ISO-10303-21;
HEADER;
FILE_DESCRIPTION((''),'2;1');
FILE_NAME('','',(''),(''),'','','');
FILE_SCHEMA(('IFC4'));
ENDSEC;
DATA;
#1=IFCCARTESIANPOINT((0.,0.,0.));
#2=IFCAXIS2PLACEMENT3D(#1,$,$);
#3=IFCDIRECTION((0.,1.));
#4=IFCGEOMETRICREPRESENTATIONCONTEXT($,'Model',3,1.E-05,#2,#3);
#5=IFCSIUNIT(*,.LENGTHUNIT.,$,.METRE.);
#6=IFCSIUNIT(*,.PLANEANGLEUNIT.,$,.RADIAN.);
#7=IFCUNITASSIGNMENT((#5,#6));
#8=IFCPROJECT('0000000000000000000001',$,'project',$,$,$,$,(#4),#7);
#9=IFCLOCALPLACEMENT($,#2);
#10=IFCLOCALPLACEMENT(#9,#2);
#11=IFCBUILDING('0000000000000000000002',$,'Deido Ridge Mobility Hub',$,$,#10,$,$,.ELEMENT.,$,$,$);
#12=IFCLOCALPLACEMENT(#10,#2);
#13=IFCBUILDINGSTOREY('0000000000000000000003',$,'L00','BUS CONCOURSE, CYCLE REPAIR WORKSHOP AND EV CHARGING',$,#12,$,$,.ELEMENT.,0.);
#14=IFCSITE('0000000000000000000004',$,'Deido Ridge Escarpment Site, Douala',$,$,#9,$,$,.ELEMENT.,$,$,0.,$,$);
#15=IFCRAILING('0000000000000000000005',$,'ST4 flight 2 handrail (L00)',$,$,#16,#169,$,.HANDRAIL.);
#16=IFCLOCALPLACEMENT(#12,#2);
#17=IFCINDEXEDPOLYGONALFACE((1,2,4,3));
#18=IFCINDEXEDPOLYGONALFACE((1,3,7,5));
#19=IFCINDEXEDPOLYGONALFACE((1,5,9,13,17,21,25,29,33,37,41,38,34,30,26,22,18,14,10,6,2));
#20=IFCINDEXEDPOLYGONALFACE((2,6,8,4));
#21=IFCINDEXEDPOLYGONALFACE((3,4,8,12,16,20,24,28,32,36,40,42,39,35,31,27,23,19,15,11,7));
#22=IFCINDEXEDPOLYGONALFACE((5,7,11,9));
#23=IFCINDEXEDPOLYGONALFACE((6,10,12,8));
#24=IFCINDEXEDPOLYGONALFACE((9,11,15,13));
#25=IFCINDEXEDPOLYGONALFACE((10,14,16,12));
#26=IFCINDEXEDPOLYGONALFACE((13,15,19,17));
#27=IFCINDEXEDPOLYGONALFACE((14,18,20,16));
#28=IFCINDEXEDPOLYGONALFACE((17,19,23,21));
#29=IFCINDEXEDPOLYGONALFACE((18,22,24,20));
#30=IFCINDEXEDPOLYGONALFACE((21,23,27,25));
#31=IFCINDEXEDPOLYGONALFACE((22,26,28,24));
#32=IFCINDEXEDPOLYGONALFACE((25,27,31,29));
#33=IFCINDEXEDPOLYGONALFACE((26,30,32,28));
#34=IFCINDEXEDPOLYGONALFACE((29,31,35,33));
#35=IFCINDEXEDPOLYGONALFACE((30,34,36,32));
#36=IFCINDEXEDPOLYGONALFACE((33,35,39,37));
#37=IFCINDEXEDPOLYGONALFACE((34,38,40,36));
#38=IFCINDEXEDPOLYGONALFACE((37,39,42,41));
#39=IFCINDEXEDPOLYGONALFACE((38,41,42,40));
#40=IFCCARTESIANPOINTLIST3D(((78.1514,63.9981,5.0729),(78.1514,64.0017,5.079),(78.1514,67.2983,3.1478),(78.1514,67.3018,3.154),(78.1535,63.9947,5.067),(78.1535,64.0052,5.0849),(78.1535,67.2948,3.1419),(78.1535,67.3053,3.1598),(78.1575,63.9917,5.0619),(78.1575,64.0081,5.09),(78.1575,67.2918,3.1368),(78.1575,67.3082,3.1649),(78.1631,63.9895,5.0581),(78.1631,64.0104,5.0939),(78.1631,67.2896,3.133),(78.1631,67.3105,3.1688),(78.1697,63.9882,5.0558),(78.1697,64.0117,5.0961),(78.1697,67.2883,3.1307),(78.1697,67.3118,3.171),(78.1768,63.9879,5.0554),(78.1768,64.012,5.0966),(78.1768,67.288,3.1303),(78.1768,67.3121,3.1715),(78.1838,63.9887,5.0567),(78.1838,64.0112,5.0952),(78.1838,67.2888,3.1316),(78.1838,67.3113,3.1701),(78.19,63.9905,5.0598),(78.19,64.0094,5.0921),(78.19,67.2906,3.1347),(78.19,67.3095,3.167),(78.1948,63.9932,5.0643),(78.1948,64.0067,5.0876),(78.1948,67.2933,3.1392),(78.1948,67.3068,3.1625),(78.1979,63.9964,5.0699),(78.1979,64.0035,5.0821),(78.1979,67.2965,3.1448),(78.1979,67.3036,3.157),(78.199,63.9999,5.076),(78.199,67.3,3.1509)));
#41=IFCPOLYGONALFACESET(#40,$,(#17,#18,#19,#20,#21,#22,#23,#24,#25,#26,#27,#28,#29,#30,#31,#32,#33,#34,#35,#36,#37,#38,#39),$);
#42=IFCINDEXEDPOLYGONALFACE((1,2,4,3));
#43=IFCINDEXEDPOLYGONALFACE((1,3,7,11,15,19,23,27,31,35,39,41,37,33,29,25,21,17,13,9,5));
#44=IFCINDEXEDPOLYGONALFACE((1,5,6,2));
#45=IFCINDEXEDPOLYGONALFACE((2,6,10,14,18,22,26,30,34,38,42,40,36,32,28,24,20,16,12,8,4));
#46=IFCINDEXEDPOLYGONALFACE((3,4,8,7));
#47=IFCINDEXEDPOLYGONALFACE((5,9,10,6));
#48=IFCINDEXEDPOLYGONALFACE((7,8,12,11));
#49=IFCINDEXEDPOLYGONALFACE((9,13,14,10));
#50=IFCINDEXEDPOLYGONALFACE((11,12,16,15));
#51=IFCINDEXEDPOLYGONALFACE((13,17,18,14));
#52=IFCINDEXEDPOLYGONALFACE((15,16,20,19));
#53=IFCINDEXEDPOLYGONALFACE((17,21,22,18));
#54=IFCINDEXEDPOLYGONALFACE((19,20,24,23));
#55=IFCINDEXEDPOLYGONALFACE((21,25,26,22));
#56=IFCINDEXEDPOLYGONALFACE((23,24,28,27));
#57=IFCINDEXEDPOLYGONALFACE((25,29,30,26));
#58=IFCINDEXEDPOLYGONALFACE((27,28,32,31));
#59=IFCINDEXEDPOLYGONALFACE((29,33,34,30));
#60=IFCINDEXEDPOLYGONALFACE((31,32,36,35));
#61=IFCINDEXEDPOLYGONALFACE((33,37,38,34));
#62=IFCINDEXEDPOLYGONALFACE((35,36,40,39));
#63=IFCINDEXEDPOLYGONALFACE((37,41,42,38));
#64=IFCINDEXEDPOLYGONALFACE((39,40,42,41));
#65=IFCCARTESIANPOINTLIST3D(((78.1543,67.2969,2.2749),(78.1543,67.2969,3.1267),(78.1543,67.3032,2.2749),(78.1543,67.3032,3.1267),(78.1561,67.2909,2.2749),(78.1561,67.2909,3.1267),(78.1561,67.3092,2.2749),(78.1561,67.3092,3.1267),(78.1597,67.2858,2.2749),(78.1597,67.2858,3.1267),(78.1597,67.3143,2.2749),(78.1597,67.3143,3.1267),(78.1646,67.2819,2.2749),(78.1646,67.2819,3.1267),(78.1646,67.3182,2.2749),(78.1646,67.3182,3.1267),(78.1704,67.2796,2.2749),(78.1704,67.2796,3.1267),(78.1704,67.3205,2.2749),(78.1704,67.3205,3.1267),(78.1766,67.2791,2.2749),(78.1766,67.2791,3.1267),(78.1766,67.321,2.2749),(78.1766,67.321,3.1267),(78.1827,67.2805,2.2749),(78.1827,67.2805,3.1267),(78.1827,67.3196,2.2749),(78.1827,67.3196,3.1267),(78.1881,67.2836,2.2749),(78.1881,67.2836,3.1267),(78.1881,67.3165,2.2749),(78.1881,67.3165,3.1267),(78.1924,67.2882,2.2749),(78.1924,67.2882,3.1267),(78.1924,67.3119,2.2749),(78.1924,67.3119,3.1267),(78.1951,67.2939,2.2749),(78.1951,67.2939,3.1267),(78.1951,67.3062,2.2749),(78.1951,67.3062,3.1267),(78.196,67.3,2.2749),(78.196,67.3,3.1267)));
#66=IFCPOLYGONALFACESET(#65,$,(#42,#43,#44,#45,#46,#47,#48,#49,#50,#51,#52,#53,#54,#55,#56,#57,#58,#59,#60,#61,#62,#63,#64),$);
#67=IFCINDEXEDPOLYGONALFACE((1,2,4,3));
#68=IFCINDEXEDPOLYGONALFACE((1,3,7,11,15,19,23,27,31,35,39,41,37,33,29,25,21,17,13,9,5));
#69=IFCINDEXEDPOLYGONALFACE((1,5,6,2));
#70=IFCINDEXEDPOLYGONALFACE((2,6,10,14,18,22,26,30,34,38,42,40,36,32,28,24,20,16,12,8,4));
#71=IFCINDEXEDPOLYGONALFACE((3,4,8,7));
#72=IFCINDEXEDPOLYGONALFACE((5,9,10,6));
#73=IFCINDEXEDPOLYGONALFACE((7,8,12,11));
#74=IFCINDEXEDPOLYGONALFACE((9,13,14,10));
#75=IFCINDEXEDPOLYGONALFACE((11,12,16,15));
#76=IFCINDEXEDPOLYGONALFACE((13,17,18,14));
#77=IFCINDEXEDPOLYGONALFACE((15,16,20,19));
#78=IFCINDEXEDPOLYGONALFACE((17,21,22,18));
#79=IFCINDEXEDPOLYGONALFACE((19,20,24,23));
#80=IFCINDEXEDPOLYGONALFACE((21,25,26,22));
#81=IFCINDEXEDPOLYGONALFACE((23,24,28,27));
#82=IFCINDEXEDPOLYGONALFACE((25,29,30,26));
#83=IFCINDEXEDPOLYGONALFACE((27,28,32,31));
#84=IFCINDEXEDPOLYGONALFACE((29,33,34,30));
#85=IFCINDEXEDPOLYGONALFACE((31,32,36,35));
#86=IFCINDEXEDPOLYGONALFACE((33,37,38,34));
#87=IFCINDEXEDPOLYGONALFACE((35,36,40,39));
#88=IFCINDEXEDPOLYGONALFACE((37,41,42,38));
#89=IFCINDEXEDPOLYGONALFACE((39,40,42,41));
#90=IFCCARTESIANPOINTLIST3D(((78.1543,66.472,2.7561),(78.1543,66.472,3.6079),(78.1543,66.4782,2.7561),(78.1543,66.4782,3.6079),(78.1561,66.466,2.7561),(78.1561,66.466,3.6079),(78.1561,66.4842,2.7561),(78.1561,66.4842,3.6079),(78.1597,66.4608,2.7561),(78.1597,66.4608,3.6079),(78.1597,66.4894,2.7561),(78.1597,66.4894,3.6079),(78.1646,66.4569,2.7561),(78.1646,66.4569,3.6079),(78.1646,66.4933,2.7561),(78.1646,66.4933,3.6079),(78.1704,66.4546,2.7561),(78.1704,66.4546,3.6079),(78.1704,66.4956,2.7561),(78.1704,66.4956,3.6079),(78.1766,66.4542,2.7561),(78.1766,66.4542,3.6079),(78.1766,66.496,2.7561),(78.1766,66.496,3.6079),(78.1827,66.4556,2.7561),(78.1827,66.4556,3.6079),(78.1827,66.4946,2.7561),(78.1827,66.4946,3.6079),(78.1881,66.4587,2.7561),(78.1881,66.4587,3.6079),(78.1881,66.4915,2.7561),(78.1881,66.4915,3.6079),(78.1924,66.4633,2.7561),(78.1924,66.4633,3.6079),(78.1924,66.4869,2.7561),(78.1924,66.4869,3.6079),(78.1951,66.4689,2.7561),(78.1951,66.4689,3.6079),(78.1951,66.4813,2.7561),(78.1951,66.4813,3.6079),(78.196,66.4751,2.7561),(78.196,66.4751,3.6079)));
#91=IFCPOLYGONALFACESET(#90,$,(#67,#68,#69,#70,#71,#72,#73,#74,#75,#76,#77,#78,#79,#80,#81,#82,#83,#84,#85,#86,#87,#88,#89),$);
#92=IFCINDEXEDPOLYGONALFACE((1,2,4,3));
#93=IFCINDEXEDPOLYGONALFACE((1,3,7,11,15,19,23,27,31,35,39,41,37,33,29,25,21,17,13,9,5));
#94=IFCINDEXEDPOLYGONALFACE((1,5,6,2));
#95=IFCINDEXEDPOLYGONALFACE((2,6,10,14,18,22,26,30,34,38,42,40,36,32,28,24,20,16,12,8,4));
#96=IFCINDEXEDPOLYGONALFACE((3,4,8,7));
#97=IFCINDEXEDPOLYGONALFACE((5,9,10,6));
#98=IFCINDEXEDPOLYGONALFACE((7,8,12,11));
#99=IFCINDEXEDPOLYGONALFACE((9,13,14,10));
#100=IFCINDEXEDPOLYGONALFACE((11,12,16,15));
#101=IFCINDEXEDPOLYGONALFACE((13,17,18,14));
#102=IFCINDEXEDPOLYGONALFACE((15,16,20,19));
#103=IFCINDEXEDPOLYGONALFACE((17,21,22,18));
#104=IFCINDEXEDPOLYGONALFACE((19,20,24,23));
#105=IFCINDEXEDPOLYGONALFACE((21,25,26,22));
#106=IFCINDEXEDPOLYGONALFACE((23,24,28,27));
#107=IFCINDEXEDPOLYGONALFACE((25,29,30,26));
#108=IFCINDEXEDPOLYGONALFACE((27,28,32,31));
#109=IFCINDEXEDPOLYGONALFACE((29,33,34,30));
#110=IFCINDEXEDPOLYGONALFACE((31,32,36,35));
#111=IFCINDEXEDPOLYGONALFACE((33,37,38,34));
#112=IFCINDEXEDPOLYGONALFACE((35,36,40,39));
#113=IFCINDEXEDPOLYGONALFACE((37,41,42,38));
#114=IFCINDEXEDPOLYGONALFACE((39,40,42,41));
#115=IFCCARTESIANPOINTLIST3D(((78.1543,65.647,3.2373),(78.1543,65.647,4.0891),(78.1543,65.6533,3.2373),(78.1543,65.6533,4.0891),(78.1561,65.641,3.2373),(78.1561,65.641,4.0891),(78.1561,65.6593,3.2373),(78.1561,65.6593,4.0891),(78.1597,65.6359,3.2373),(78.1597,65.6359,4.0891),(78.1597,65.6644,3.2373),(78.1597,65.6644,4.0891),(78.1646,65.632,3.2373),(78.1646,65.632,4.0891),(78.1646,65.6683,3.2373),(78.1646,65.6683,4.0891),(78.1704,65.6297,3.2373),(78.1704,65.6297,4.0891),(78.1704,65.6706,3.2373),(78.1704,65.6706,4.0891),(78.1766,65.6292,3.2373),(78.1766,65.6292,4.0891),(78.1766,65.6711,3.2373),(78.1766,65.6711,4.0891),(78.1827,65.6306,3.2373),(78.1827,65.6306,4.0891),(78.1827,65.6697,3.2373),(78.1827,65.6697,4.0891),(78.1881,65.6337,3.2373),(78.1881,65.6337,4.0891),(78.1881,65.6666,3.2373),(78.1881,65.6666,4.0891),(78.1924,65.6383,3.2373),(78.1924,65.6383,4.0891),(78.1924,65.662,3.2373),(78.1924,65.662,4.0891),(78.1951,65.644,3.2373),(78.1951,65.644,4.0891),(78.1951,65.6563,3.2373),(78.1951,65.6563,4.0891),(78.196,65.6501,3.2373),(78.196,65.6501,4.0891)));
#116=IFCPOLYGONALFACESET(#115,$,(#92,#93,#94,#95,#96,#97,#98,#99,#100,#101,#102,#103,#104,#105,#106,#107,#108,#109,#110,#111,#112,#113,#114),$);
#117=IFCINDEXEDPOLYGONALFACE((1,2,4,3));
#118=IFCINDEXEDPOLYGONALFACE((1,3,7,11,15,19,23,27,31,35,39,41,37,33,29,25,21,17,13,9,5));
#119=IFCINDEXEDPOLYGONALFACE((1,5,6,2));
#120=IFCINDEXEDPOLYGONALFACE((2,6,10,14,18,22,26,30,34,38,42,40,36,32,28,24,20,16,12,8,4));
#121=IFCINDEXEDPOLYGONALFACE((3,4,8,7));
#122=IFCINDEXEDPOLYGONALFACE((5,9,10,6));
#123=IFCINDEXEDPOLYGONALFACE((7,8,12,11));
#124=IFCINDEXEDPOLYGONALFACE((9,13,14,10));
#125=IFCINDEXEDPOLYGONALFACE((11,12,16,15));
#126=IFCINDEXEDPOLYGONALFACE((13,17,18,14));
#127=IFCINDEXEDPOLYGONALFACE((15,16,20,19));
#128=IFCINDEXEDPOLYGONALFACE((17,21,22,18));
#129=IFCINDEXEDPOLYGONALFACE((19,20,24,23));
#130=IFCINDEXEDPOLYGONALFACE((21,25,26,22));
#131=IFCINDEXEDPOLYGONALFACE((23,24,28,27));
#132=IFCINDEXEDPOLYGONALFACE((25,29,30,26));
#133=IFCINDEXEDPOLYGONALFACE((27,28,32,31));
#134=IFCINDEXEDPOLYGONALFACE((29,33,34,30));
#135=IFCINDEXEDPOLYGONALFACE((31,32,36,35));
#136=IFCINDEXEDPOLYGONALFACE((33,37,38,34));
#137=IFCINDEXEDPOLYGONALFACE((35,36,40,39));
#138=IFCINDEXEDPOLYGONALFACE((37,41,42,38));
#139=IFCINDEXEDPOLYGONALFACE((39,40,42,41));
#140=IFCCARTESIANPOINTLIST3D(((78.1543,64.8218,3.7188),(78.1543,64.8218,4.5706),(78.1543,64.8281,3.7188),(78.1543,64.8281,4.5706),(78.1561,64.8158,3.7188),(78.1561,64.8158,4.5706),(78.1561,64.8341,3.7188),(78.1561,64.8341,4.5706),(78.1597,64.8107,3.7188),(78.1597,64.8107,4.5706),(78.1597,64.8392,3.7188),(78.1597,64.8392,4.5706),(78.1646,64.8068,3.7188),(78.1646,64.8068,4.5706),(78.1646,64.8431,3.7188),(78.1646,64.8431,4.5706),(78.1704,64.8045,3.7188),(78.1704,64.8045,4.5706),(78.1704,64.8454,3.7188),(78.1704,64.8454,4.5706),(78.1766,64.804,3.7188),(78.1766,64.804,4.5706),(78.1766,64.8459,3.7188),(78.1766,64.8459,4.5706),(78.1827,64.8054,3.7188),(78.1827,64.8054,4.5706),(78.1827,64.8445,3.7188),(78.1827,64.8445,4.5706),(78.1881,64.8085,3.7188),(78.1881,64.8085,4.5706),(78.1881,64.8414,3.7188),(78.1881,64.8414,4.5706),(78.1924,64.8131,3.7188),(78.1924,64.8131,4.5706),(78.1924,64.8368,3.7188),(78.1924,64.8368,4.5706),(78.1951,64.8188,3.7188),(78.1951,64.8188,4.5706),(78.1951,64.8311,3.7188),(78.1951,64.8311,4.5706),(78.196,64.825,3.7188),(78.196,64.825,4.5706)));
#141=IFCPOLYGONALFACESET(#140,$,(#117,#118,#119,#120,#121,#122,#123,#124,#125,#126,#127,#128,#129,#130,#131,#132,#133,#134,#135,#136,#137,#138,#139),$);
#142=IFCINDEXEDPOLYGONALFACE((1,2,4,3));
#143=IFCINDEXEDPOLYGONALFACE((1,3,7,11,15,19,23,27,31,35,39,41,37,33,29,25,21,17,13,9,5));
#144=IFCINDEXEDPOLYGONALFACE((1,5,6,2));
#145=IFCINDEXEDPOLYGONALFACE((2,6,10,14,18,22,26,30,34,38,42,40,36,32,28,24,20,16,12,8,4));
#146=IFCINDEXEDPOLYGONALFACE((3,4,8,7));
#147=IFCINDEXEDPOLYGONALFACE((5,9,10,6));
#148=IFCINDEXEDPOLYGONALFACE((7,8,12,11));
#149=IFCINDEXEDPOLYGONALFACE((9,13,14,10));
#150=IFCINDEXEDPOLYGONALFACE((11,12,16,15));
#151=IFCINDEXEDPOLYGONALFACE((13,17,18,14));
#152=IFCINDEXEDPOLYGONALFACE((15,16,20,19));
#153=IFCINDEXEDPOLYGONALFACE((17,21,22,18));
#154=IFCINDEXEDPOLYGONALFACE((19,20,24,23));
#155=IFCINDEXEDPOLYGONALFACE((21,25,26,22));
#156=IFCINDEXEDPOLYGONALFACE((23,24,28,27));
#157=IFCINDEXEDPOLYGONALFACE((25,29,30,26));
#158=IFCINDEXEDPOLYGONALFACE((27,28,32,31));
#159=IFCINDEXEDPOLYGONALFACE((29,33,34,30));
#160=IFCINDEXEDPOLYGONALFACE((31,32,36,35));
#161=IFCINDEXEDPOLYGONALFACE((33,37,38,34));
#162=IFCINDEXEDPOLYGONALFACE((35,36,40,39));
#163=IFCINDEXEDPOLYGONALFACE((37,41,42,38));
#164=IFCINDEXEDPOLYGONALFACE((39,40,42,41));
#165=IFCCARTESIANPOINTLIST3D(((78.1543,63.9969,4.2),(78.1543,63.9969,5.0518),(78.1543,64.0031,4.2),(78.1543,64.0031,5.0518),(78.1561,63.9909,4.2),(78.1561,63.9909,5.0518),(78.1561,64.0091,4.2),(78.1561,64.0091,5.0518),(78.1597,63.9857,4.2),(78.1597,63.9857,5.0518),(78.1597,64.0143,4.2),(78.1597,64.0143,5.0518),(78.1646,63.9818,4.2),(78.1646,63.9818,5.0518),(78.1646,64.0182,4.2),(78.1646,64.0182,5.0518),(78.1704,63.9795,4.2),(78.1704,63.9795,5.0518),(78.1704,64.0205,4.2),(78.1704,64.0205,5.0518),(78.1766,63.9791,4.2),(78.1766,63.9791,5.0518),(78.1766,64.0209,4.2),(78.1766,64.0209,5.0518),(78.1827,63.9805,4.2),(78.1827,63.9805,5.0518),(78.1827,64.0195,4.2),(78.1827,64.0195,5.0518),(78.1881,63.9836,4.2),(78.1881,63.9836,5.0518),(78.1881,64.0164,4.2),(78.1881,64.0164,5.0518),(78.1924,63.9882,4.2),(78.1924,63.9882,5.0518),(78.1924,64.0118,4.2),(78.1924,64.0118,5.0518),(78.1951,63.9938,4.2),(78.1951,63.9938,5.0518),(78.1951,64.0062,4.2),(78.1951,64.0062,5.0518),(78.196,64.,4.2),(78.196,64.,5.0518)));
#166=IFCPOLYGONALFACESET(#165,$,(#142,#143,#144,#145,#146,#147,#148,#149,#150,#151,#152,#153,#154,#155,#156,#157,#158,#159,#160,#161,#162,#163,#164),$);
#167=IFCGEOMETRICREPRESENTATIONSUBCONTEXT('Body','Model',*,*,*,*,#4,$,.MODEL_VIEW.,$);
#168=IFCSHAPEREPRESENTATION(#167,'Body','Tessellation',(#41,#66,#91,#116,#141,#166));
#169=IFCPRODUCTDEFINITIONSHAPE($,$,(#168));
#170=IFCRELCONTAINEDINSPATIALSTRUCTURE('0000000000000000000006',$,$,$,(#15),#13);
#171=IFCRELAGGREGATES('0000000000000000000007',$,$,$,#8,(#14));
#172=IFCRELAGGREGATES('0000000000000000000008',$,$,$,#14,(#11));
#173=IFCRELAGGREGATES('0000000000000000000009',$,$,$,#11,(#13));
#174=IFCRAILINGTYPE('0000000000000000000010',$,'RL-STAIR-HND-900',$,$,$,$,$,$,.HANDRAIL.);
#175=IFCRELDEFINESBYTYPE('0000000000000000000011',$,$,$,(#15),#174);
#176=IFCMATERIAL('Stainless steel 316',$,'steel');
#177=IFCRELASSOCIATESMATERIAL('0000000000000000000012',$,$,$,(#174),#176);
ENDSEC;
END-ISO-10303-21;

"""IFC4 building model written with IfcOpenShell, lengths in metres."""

from ifc_helpers import new_model, si_unit, direction, frame, origin, origin_2d, place, context, subcontext, project, spatial, circle, extrude, material, type_object, element, save


model = new_model("IFC4")

# Units and contexts
model_context = context("Model", 3, precision=1e-05, world=origin(), true_north=direction((0.0, 1.0)))
body_context = subcontext(model_context, "Body", "Model", "MODEL_VIEW")
ifc_project = project(units=[si_unit("LENGTHUNIT", "METRE"), si_unit("PLANEANGLEUNIT", "RADIAN")], contexts=[model_context])

# Site, building, storey
site_placement = place(None, origin())
site = spatial("IfcSite", under=ifc_project, at=site_placement, Name="Deido Ridge Escarpment Site, Douala", CompositionType="ELEMENT", RefElevation=0.0)
building_placement = place(site_placement, origin())
building = spatial("IfcBuilding", under=site, at=building_placement, Name="Deido Ridge Mobility Hub", CompositionType="ELEMENT")
storey_placement = place(building_placement, origin())
storey = spatial("IfcBuildingStorey", under=building, at=storey_placement, Name="L00", Description="BUS CONCOURSE, CYCLE REPAIR WORKSHOP AND EV CHARGING", CompositionType="ELEMENT", Elevation=0.0)

# Shared definitions
ifc_material_1 = material(Name="Stainless steel 316", Category="steel")

# Railing
railing_type_1 = type_object("IfcRailingType", Name="RL-STAIR-HND-900", PredefinedType="HANDRAIL", material=ifc_material_1)
railing_1_placement = place(storey_placement, frame((78.175, 67.3, 2.2749)))
element("IfcRailing", 1, at=railing_1_placement, inside=storey, type_object=railing_type_1, Name="ST4 flight 2 handrail (L00)", PredefinedType="HANDRAIL", context=body_context, shape_type="SweptSolid", body=[
    extrude(circle(Radius=0.0239, at=origin_2d()), frame((0.0, 0.0, 0.876), z_axis=(0.0, -0.863777, 0.503875), x_axis=(1.0, 0.0, 0.0)), (0.0, 0.0, 1.0), 3.8206),
    extrude(circle(Radius=0.021, at=origin_2d()), origin(), (0.0, 0.0, 1.0), 0.8518),
    extrude(circle(Radius=0.021, at=origin_2d()), frame((0.0, -0.825, 0.4812)), (0.0, 0.0, 1.0), 0.8518),
    extrude(circle(Radius=0.021, at=origin_2d()), frame((0.0, -1.6499, 0.9624)), (0.0, 0.0, 1.0), 0.8518),
    extrude(circle(Radius=0.021, at=origin_2d()), frame((0.0, -2.4751, 1.4438)), (0.0, 0.0, 1.0), 0.8518),
    extrude(circle(Radius=0.021, at=origin_2d()), frame((0.0, -3.3, 1.925)), (0.0, 0.0, 1.0), 0.8518),
])

save(model, "model.ifc")
